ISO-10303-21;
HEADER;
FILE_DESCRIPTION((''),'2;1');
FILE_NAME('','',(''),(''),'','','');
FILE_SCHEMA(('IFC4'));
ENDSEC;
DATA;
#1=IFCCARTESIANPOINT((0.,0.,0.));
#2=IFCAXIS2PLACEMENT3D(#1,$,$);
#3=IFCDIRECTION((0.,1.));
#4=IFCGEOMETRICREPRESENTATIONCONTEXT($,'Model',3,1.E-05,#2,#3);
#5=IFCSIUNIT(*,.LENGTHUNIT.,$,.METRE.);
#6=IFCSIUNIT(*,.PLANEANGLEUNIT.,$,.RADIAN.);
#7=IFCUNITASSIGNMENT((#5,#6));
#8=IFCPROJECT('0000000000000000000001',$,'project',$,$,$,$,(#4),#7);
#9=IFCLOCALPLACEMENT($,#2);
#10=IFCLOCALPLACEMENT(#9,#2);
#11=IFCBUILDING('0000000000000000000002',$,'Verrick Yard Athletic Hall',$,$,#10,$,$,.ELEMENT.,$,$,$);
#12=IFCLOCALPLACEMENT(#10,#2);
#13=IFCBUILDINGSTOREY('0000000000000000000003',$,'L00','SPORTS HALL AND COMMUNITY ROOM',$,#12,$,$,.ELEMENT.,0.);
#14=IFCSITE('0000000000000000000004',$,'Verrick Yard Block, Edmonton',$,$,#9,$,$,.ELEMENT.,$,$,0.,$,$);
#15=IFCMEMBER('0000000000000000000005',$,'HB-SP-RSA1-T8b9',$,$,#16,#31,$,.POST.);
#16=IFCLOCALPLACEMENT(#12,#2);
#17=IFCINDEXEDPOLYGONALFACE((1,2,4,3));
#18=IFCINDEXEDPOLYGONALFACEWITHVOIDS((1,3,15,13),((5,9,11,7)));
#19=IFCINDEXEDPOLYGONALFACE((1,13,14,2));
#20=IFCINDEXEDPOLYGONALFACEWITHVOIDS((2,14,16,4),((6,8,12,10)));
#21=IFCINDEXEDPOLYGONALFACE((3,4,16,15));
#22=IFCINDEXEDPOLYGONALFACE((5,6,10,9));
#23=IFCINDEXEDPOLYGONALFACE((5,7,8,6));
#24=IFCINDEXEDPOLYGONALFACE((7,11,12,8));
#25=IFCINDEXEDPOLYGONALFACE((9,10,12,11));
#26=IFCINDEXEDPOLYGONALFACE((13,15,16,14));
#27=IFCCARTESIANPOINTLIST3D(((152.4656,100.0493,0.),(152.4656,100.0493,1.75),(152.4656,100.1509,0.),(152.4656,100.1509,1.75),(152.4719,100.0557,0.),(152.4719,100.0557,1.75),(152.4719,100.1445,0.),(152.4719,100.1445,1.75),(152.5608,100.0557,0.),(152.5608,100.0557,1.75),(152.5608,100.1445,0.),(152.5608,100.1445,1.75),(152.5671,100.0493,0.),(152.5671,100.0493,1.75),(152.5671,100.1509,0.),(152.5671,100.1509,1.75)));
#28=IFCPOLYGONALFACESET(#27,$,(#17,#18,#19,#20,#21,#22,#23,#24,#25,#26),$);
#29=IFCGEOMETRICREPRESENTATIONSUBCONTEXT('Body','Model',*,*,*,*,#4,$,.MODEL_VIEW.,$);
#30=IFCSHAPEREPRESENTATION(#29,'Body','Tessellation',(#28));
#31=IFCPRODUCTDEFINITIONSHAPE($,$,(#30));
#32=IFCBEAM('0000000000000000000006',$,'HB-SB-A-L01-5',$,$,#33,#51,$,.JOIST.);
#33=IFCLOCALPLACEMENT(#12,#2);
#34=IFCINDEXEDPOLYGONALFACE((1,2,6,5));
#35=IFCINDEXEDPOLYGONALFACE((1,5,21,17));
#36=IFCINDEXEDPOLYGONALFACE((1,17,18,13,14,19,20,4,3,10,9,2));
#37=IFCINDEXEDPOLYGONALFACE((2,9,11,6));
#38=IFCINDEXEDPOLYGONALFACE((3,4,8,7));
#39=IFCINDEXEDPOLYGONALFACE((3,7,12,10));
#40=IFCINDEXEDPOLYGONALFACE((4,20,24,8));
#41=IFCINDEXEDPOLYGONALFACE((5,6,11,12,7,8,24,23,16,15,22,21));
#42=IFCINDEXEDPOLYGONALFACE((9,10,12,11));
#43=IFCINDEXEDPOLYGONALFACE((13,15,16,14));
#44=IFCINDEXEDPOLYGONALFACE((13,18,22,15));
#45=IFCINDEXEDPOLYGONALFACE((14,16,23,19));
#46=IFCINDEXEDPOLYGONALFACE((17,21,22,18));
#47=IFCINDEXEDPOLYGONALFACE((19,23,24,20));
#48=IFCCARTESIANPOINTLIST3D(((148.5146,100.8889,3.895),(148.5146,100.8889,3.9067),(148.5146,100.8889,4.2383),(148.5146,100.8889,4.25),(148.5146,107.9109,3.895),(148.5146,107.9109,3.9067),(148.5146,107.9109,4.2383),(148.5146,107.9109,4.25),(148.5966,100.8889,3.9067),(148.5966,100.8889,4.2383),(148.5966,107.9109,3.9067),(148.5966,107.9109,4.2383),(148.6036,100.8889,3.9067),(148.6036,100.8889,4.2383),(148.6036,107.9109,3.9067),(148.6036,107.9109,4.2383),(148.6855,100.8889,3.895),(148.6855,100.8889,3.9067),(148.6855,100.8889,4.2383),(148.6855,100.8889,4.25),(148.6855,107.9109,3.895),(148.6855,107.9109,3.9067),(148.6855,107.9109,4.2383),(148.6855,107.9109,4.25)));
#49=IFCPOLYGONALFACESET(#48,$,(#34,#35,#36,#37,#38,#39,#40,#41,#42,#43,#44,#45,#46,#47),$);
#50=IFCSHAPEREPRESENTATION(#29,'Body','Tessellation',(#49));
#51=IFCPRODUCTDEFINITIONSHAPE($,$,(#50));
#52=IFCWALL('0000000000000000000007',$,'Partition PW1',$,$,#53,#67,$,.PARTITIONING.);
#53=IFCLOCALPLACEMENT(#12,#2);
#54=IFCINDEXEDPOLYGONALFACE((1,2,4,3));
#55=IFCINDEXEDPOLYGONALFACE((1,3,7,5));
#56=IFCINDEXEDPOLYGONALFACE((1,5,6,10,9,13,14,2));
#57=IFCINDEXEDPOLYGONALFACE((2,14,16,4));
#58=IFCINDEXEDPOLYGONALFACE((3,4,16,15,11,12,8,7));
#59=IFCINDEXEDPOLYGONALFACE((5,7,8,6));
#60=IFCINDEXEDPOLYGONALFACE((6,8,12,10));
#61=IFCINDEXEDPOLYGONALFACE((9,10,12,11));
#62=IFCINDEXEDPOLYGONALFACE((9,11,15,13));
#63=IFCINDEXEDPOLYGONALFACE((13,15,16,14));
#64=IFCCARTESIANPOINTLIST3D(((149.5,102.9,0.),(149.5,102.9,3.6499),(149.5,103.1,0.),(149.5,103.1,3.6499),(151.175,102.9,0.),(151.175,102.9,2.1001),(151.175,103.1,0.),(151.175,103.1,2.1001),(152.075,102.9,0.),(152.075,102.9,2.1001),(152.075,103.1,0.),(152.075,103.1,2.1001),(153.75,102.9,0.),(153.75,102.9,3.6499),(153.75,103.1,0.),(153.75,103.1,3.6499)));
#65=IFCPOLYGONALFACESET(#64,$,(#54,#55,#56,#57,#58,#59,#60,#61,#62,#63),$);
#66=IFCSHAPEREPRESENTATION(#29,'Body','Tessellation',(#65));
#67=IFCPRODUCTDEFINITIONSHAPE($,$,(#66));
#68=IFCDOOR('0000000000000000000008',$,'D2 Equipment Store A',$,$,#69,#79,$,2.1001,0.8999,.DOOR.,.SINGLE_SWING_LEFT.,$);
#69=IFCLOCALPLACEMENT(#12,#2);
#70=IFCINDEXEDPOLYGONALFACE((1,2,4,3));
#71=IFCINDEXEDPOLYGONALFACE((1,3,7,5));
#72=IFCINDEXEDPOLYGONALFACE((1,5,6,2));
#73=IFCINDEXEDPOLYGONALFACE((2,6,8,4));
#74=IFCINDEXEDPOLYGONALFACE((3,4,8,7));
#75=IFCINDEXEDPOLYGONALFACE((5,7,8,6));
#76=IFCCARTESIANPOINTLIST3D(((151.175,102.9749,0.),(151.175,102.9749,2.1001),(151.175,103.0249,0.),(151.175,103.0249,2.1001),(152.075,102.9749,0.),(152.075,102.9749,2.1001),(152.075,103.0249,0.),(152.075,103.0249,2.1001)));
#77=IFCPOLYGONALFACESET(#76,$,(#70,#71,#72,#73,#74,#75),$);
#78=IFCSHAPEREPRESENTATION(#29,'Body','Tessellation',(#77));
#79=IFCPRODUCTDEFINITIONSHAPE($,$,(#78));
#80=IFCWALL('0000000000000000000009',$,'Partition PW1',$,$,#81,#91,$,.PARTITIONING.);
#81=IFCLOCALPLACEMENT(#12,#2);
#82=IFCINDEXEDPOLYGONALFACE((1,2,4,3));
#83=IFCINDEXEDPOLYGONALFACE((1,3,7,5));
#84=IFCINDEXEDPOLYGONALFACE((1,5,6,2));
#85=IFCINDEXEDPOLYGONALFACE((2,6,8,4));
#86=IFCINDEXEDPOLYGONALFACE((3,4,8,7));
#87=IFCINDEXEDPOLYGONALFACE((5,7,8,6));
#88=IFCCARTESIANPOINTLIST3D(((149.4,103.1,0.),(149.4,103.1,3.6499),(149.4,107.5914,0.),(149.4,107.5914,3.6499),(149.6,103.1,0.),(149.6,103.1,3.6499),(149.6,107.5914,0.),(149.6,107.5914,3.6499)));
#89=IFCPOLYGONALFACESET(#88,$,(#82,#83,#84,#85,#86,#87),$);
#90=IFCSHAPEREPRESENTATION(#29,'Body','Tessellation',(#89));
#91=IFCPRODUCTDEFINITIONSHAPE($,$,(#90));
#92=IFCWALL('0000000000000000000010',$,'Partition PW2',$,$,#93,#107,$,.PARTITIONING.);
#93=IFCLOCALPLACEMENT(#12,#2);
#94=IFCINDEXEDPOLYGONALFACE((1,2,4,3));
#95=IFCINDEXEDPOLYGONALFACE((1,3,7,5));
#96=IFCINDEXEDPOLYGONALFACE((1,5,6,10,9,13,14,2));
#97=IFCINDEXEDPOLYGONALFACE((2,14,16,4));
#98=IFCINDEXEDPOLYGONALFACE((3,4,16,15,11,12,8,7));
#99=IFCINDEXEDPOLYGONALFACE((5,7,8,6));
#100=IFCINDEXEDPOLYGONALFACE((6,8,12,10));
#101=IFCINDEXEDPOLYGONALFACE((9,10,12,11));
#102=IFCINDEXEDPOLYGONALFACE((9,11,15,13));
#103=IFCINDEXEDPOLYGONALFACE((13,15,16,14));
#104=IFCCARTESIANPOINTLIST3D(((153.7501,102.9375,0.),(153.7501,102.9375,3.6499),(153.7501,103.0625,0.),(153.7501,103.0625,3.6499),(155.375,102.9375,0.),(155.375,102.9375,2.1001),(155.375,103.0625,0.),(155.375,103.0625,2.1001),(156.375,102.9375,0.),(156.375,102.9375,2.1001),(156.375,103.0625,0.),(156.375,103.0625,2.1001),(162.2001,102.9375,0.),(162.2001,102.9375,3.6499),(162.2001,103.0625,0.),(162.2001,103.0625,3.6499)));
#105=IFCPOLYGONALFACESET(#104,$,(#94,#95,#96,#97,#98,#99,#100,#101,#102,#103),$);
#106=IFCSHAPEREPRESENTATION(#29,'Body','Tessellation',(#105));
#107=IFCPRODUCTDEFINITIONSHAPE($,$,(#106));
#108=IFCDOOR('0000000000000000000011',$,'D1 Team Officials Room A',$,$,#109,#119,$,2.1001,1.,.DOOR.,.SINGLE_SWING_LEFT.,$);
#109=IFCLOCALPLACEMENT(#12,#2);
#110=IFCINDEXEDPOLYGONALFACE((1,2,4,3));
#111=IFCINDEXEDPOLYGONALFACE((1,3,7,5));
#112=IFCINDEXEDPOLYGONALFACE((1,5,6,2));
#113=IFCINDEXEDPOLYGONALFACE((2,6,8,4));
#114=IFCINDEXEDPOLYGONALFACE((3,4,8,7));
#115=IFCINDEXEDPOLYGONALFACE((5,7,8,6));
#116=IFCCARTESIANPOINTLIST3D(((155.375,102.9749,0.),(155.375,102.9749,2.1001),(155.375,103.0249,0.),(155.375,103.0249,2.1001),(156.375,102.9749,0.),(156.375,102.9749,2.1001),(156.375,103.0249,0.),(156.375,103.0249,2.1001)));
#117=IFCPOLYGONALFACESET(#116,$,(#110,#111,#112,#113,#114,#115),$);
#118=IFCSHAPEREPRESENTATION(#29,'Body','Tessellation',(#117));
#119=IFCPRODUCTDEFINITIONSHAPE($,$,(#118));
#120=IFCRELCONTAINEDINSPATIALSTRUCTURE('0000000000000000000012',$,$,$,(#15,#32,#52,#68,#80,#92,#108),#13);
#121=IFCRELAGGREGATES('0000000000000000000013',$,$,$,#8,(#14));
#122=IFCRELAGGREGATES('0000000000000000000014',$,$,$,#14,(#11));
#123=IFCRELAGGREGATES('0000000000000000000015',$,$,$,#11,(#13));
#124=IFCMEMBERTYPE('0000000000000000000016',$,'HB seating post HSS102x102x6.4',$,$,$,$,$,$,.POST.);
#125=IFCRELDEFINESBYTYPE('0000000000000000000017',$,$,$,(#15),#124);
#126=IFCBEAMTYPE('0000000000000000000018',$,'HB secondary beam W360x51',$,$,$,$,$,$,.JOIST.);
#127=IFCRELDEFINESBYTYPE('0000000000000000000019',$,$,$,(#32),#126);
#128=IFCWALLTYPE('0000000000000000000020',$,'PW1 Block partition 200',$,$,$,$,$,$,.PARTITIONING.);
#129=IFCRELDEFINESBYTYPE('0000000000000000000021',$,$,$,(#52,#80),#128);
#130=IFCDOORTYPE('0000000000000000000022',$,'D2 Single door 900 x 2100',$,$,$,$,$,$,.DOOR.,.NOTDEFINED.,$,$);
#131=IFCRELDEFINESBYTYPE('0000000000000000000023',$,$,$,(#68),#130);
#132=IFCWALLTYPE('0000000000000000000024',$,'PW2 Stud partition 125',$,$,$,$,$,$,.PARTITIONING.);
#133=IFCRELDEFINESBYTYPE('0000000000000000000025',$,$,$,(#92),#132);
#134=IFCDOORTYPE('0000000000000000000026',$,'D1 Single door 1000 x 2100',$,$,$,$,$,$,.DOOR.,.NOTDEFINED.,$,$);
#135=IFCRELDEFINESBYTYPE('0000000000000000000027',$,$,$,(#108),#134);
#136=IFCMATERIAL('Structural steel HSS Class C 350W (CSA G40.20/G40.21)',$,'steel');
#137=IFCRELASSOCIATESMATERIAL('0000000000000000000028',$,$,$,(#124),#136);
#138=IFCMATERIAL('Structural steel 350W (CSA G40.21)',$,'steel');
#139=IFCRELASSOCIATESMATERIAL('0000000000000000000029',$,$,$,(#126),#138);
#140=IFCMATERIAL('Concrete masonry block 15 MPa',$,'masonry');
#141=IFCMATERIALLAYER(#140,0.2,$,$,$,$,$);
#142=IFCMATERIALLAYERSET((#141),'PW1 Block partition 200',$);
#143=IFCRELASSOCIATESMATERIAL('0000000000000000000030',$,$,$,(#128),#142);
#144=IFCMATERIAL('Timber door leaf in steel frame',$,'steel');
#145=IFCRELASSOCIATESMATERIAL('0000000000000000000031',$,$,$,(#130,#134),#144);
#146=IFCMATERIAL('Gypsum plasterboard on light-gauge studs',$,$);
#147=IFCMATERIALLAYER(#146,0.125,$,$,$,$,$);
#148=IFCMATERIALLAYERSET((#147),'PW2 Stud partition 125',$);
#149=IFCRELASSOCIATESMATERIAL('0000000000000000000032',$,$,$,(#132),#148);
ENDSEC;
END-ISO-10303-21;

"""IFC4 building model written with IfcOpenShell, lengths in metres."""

from ifc_helpers import new_model, si_unit, direction, frame, frame_2d, origin, origin_2d, place, context, subcontext, project, spatial, rectangle, hollow_rectangle, i_section, extrude, material, layer, layer_set, material_profile, profile_set, type_object, element, fill, save


model = new_model("IFC4")

# Units and contexts
model_context = context("Model", 3, precision=1e-05, world=origin(), true_north=direction((0.0, 1.0)))
body_context = subcontext(model_context, "Body", "Model", "MODEL_VIEW")
ifc_project = project(units=[si_unit("LENGTHUNIT", "METRE"), si_unit("PLANEANGLEUNIT", "RADIAN")], contexts=[model_context])

# Site, building, storey
site_placement = place(None, origin())
site = spatial("IfcSite", under=ifc_project, at=site_placement, Name="Verrick Yard Block, Edmonton", CompositionType="ELEMENT", RefElevation=0.0)
building_placement = place(site_placement, origin())
building = spatial("IfcBuilding", under=site, at=building_placement, Name="Verrick Yard Athletic Hall", CompositionType="ELEMENT")
storey_placement = place(building_placement, origin())
storey = spatial("IfcBuildingStorey", under=building, at=storey_placement, Name="L00", Description="SPORTS HALL AND COMMUNITY ROOM", CompositionType="ELEMENT", Elevation=0.0)

# Shared definitions
ifc_material_1 = material(Name="Structural steel 350W (CSA G40.21)", Category="steel")

# Member
ifc_material_2 = material(Name="Structural steel HSS Class C 350W (CSA G40.20/G40.21)", Category="steel")
ifc_material_profile_1 = material_profile(ifc_material_2, hollow_rectangle(XDim=0.1016, YDim=0.1016, WallThickness=0.0063, at=origin_2d()), Name="HSS102x102x6.4")
ifc_profile_set_1 = profile_set([ifc_material_profile_1], Name="Structural steel HSS Class C 350W (CSA G40.20/G40.21)")
member_type = type_object("IfcMemberType", Name="HB seating post HSS102x102x6.4", PredefinedType="POST", material=ifc_profile_set_1)
for number, where, z_axis, x_axis, name in (
    (1, (152.5164, 100.1001, 0.0), (0.0, 0.0, 1.0), (0.0, 1.0, 0.0), "HB-SP-RSA1-T8b9"),
):
    element("IfcMember", number, at=place(storey_placement, frame(where, z_axis=z_axis, x_axis=x_axis)), inside=storey, type_object=member_type, Name=name, PredefinedType="POST", context=body_context, shape_type="SweptSolid", body=[
        extrude(hollow_rectangle(XDim=0.1016, YDim=0.1016, WallThickness=0.0063, at=origin_2d()), origin(), (0.0, 0.0, 1.0), 1.75),
    ])

# Beam
ifc_material_profile_2 = material_profile(ifc_material_1, i_section(OverallWidth=0.1709, OverallDepth=0.355, WebThickness=0.0071, FlangeThickness=0.0117, at=origin_2d()), Name="W360x51")
ifc_profile_set_2 = profile_set([ifc_material_profile_2], Name="Structural steel 350W (CSA G40.21)")
beam_type_1 = type_object("IfcBeamType", Name="HB secondary beam W360x51", PredefinedType="JOIST", material=ifc_profile_set_2)
beam_placement = place(storey_placement, frame((148.6001, 100.8889, 4.0725), z_axis=(0.0, 1.0, 0.0), x_axis=(-1.0, 0.0, 0.0)))
element("IfcBeam", 2, at=beam_placement, inside=storey, type_object=beam_type_1, Name="HB-SB-A-L01-5", PredefinedType="JOIST", context=body_context, shape_type="SweptSolid", body=[
    extrude(i_section(OverallWidth=0.1709, OverallDepth=0.355, WebThickness=0.0071, FlangeThickness=0.0117, at=origin_2d()), origin(), (0.0, 0.0, 1.0), 7.022),
])

# Wall, opening, door
ifc_material_3 = material(Name="Concrete masonry block 15 MPa", Category="masonry")
ifc_layer_1 = layer(ifc_material_3, 0.2)
ifc_layer_set_1 = layer_set([ifc_layer_1], Name="PW1 Block partition 200")
wall_type_1 = type_object("IfcWallType", Name="PW1 Block partition 200", PredefinedType="PARTITIONING", material=ifc_layer_set_1)
wall_1_placement = place(storey_placement, frame((149.5, 103.0, 0.0), z_axis=(0.0, 0.0, 1.0), x_axis=(1.0, 0.0, 0.0)))
wall_1 = element("IfcWall", 3, at=wall_1_placement, inside=storey, type_object=wall_type_1, Name="Partition PW1", PredefinedType="PARTITIONING", context=body_context, shape_type="SweptSolid", body=[
    extrude(rectangle(XDim=4.25, YDim=0.2, at=frame_2d((2.125, 0.0))), origin(), (0.0, 0.0, 1.0), 3.6499),
])
opening_1_placement = place(wall_1_placement, frame((1.675, 0.0, 0.0)))
opening_1 = element("IfcOpeningElement", 4, at=opening_1_placement, cuts=wall_1, PredefinedType="OPENING", context=body_context, shape_type="SweptSolid", body=[
    extrude(rectangle(XDim=0.8999, YDim=2.1001, at=frame_2d((0.45, 1.05))), frame((0.0, 0.1099, 0.0), z_axis=(0.0, -1.0, 0.0), x_axis=(1.0, 0.0, 0.0)), (0.0, 0.0, 1.0), 0.22),
])
ifc_material_4 = material(Name="Timber door leaf in steel frame", Category="steel")
door_type_1 = type_object("IfcDoorType", Name="D2 Single door 900 x 2100", OperationType="NOTDEFINED", PredefinedType="DOOR", material=ifc_material_4)
door_1_placement = place(opening_1_placement, origin())
door_1 = element("IfcDoor", 5, at=door_1_placement, inside=storey, type_object=door_type_1, Name="D2 Equipment Store A", OperationType="SINGLE_SWING_LEFT", OverallHeight=2.1001, OverallWidth=0.8999, PredefinedType="DOOR", context=body_context, shape_type="SweptSolid", body=[
    extrude(rectangle(XDim=0.8999, YDim=2.1001, at=frame_2d((0.45, 1.05))), frame((0.0, 0.0249, 0.0), z_axis=(0.0, -1.0, 0.0), x_axis=(1.0, 0.0, 0.0)), (0.0, 0.0, 1.0), 0.05),
])
fill(opening_1, door_1)

# Wall
wall_2_placement = place(storey_placement, frame((149.5, 103.1001, 0.0), z_axis=(0.0, 0.0, 1.0), x_axis=(0.0, 1.0, 0.0)))
element("IfcWall", 6, at=wall_2_placement, inside=storey, type_object=wall_type_1, Name="Partition PW1", PredefinedType="PARTITIONING", context=body_context, shape_type="SweptSolid", body=[
    extrude(rectangle(XDim=4.4915, YDim=0.2, at=frame_2d((2.2456, 0.0))), origin(), (0.0, 0.0, 1.0), 3.6499),
])

# Wall, opening, door
ifc_material_5 = material(Name="Gypsum plasterboard on light-gauge studs")
ifc_layer_2 = layer(ifc_material_5, 0.125)
ifc_layer_set_2 = layer_set([ifc_layer_2], Name="PW2 Stud partition 125")
wall_type_2 = type_object("IfcWallType", Name="PW2 Stud partition 125", PredefinedType="PARTITIONING", material=ifc_layer_set_2)
wall_3_placement = place(storey_placement, frame((153.75, 103.0, 0.0), z_axis=(0.0, 0.0, 1.0), x_axis=(1.0, 0.0, 0.0)))
wall_3 = element("IfcWall", 7, at=wall_3_placement, inside=storey, type_object=wall_type_2, Name="Partition PW2", PredefinedType="PARTITIONING", context=body_context, shape_type="SweptSolid", body=[
    extrude(rectangle(XDim=8.45, YDim=0.125, at=frame_2d((4.2251, 0.0))), origin(), (0.0, 0.0, 1.0), 3.6499),
])
opening_2_placement = place(wall_3_placement, frame((1.625, 0.0, 0.0)))
opening_2 = element("IfcOpeningElement", 8, at=opening_2_placement, cuts=wall_3, PredefinedType="OPENING", context=body_context, shape_type="SweptSolid", body=[
    extrude(rectangle(XDim=1.0, YDim=2.1001, at=frame_2d((0.5, 1.05))), frame((0.0, 0.0725, 0.0), z_axis=(0.0, -1.0, 0.0), x_axis=(1.0, 0.0, 0.0)), (0.0, 0.0, 1.0), 0.145),
])
door_type_2 = type_object("IfcDoorType", Name="D1 Single door 1000 x 2100", OperationType="NOTDEFINED", PredefinedType="DOOR", material=ifc_material_4)
door_2_placement = place(opening_2_placement, origin())
door_2 = element("IfcDoor", 9, at=door_2_placement, inside=storey, type_object=door_type_2, Name="D1 Team Officials Room A", OperationType="SINGLE_SWING_LEFT", OverallHeight=2.1001, OverallWidth=1.0, PredefinedType="DOOR", context=body_context, shape_type="SweptSolid", body=[
    extrude(rectangle(XDim=1.0, YDim=2.1001, at=frame_2d((0.5, 1.05))), frame((0.0, 0.0249, 0.0), z_axis=(0.0, -1.0, 0.0), x_axis=(1.0, 0.0, 0.0)), (0.0, 0.0, 1.0), 0.05),
])
fill(opening_2, door_2)

save(model, "model.ifc")
